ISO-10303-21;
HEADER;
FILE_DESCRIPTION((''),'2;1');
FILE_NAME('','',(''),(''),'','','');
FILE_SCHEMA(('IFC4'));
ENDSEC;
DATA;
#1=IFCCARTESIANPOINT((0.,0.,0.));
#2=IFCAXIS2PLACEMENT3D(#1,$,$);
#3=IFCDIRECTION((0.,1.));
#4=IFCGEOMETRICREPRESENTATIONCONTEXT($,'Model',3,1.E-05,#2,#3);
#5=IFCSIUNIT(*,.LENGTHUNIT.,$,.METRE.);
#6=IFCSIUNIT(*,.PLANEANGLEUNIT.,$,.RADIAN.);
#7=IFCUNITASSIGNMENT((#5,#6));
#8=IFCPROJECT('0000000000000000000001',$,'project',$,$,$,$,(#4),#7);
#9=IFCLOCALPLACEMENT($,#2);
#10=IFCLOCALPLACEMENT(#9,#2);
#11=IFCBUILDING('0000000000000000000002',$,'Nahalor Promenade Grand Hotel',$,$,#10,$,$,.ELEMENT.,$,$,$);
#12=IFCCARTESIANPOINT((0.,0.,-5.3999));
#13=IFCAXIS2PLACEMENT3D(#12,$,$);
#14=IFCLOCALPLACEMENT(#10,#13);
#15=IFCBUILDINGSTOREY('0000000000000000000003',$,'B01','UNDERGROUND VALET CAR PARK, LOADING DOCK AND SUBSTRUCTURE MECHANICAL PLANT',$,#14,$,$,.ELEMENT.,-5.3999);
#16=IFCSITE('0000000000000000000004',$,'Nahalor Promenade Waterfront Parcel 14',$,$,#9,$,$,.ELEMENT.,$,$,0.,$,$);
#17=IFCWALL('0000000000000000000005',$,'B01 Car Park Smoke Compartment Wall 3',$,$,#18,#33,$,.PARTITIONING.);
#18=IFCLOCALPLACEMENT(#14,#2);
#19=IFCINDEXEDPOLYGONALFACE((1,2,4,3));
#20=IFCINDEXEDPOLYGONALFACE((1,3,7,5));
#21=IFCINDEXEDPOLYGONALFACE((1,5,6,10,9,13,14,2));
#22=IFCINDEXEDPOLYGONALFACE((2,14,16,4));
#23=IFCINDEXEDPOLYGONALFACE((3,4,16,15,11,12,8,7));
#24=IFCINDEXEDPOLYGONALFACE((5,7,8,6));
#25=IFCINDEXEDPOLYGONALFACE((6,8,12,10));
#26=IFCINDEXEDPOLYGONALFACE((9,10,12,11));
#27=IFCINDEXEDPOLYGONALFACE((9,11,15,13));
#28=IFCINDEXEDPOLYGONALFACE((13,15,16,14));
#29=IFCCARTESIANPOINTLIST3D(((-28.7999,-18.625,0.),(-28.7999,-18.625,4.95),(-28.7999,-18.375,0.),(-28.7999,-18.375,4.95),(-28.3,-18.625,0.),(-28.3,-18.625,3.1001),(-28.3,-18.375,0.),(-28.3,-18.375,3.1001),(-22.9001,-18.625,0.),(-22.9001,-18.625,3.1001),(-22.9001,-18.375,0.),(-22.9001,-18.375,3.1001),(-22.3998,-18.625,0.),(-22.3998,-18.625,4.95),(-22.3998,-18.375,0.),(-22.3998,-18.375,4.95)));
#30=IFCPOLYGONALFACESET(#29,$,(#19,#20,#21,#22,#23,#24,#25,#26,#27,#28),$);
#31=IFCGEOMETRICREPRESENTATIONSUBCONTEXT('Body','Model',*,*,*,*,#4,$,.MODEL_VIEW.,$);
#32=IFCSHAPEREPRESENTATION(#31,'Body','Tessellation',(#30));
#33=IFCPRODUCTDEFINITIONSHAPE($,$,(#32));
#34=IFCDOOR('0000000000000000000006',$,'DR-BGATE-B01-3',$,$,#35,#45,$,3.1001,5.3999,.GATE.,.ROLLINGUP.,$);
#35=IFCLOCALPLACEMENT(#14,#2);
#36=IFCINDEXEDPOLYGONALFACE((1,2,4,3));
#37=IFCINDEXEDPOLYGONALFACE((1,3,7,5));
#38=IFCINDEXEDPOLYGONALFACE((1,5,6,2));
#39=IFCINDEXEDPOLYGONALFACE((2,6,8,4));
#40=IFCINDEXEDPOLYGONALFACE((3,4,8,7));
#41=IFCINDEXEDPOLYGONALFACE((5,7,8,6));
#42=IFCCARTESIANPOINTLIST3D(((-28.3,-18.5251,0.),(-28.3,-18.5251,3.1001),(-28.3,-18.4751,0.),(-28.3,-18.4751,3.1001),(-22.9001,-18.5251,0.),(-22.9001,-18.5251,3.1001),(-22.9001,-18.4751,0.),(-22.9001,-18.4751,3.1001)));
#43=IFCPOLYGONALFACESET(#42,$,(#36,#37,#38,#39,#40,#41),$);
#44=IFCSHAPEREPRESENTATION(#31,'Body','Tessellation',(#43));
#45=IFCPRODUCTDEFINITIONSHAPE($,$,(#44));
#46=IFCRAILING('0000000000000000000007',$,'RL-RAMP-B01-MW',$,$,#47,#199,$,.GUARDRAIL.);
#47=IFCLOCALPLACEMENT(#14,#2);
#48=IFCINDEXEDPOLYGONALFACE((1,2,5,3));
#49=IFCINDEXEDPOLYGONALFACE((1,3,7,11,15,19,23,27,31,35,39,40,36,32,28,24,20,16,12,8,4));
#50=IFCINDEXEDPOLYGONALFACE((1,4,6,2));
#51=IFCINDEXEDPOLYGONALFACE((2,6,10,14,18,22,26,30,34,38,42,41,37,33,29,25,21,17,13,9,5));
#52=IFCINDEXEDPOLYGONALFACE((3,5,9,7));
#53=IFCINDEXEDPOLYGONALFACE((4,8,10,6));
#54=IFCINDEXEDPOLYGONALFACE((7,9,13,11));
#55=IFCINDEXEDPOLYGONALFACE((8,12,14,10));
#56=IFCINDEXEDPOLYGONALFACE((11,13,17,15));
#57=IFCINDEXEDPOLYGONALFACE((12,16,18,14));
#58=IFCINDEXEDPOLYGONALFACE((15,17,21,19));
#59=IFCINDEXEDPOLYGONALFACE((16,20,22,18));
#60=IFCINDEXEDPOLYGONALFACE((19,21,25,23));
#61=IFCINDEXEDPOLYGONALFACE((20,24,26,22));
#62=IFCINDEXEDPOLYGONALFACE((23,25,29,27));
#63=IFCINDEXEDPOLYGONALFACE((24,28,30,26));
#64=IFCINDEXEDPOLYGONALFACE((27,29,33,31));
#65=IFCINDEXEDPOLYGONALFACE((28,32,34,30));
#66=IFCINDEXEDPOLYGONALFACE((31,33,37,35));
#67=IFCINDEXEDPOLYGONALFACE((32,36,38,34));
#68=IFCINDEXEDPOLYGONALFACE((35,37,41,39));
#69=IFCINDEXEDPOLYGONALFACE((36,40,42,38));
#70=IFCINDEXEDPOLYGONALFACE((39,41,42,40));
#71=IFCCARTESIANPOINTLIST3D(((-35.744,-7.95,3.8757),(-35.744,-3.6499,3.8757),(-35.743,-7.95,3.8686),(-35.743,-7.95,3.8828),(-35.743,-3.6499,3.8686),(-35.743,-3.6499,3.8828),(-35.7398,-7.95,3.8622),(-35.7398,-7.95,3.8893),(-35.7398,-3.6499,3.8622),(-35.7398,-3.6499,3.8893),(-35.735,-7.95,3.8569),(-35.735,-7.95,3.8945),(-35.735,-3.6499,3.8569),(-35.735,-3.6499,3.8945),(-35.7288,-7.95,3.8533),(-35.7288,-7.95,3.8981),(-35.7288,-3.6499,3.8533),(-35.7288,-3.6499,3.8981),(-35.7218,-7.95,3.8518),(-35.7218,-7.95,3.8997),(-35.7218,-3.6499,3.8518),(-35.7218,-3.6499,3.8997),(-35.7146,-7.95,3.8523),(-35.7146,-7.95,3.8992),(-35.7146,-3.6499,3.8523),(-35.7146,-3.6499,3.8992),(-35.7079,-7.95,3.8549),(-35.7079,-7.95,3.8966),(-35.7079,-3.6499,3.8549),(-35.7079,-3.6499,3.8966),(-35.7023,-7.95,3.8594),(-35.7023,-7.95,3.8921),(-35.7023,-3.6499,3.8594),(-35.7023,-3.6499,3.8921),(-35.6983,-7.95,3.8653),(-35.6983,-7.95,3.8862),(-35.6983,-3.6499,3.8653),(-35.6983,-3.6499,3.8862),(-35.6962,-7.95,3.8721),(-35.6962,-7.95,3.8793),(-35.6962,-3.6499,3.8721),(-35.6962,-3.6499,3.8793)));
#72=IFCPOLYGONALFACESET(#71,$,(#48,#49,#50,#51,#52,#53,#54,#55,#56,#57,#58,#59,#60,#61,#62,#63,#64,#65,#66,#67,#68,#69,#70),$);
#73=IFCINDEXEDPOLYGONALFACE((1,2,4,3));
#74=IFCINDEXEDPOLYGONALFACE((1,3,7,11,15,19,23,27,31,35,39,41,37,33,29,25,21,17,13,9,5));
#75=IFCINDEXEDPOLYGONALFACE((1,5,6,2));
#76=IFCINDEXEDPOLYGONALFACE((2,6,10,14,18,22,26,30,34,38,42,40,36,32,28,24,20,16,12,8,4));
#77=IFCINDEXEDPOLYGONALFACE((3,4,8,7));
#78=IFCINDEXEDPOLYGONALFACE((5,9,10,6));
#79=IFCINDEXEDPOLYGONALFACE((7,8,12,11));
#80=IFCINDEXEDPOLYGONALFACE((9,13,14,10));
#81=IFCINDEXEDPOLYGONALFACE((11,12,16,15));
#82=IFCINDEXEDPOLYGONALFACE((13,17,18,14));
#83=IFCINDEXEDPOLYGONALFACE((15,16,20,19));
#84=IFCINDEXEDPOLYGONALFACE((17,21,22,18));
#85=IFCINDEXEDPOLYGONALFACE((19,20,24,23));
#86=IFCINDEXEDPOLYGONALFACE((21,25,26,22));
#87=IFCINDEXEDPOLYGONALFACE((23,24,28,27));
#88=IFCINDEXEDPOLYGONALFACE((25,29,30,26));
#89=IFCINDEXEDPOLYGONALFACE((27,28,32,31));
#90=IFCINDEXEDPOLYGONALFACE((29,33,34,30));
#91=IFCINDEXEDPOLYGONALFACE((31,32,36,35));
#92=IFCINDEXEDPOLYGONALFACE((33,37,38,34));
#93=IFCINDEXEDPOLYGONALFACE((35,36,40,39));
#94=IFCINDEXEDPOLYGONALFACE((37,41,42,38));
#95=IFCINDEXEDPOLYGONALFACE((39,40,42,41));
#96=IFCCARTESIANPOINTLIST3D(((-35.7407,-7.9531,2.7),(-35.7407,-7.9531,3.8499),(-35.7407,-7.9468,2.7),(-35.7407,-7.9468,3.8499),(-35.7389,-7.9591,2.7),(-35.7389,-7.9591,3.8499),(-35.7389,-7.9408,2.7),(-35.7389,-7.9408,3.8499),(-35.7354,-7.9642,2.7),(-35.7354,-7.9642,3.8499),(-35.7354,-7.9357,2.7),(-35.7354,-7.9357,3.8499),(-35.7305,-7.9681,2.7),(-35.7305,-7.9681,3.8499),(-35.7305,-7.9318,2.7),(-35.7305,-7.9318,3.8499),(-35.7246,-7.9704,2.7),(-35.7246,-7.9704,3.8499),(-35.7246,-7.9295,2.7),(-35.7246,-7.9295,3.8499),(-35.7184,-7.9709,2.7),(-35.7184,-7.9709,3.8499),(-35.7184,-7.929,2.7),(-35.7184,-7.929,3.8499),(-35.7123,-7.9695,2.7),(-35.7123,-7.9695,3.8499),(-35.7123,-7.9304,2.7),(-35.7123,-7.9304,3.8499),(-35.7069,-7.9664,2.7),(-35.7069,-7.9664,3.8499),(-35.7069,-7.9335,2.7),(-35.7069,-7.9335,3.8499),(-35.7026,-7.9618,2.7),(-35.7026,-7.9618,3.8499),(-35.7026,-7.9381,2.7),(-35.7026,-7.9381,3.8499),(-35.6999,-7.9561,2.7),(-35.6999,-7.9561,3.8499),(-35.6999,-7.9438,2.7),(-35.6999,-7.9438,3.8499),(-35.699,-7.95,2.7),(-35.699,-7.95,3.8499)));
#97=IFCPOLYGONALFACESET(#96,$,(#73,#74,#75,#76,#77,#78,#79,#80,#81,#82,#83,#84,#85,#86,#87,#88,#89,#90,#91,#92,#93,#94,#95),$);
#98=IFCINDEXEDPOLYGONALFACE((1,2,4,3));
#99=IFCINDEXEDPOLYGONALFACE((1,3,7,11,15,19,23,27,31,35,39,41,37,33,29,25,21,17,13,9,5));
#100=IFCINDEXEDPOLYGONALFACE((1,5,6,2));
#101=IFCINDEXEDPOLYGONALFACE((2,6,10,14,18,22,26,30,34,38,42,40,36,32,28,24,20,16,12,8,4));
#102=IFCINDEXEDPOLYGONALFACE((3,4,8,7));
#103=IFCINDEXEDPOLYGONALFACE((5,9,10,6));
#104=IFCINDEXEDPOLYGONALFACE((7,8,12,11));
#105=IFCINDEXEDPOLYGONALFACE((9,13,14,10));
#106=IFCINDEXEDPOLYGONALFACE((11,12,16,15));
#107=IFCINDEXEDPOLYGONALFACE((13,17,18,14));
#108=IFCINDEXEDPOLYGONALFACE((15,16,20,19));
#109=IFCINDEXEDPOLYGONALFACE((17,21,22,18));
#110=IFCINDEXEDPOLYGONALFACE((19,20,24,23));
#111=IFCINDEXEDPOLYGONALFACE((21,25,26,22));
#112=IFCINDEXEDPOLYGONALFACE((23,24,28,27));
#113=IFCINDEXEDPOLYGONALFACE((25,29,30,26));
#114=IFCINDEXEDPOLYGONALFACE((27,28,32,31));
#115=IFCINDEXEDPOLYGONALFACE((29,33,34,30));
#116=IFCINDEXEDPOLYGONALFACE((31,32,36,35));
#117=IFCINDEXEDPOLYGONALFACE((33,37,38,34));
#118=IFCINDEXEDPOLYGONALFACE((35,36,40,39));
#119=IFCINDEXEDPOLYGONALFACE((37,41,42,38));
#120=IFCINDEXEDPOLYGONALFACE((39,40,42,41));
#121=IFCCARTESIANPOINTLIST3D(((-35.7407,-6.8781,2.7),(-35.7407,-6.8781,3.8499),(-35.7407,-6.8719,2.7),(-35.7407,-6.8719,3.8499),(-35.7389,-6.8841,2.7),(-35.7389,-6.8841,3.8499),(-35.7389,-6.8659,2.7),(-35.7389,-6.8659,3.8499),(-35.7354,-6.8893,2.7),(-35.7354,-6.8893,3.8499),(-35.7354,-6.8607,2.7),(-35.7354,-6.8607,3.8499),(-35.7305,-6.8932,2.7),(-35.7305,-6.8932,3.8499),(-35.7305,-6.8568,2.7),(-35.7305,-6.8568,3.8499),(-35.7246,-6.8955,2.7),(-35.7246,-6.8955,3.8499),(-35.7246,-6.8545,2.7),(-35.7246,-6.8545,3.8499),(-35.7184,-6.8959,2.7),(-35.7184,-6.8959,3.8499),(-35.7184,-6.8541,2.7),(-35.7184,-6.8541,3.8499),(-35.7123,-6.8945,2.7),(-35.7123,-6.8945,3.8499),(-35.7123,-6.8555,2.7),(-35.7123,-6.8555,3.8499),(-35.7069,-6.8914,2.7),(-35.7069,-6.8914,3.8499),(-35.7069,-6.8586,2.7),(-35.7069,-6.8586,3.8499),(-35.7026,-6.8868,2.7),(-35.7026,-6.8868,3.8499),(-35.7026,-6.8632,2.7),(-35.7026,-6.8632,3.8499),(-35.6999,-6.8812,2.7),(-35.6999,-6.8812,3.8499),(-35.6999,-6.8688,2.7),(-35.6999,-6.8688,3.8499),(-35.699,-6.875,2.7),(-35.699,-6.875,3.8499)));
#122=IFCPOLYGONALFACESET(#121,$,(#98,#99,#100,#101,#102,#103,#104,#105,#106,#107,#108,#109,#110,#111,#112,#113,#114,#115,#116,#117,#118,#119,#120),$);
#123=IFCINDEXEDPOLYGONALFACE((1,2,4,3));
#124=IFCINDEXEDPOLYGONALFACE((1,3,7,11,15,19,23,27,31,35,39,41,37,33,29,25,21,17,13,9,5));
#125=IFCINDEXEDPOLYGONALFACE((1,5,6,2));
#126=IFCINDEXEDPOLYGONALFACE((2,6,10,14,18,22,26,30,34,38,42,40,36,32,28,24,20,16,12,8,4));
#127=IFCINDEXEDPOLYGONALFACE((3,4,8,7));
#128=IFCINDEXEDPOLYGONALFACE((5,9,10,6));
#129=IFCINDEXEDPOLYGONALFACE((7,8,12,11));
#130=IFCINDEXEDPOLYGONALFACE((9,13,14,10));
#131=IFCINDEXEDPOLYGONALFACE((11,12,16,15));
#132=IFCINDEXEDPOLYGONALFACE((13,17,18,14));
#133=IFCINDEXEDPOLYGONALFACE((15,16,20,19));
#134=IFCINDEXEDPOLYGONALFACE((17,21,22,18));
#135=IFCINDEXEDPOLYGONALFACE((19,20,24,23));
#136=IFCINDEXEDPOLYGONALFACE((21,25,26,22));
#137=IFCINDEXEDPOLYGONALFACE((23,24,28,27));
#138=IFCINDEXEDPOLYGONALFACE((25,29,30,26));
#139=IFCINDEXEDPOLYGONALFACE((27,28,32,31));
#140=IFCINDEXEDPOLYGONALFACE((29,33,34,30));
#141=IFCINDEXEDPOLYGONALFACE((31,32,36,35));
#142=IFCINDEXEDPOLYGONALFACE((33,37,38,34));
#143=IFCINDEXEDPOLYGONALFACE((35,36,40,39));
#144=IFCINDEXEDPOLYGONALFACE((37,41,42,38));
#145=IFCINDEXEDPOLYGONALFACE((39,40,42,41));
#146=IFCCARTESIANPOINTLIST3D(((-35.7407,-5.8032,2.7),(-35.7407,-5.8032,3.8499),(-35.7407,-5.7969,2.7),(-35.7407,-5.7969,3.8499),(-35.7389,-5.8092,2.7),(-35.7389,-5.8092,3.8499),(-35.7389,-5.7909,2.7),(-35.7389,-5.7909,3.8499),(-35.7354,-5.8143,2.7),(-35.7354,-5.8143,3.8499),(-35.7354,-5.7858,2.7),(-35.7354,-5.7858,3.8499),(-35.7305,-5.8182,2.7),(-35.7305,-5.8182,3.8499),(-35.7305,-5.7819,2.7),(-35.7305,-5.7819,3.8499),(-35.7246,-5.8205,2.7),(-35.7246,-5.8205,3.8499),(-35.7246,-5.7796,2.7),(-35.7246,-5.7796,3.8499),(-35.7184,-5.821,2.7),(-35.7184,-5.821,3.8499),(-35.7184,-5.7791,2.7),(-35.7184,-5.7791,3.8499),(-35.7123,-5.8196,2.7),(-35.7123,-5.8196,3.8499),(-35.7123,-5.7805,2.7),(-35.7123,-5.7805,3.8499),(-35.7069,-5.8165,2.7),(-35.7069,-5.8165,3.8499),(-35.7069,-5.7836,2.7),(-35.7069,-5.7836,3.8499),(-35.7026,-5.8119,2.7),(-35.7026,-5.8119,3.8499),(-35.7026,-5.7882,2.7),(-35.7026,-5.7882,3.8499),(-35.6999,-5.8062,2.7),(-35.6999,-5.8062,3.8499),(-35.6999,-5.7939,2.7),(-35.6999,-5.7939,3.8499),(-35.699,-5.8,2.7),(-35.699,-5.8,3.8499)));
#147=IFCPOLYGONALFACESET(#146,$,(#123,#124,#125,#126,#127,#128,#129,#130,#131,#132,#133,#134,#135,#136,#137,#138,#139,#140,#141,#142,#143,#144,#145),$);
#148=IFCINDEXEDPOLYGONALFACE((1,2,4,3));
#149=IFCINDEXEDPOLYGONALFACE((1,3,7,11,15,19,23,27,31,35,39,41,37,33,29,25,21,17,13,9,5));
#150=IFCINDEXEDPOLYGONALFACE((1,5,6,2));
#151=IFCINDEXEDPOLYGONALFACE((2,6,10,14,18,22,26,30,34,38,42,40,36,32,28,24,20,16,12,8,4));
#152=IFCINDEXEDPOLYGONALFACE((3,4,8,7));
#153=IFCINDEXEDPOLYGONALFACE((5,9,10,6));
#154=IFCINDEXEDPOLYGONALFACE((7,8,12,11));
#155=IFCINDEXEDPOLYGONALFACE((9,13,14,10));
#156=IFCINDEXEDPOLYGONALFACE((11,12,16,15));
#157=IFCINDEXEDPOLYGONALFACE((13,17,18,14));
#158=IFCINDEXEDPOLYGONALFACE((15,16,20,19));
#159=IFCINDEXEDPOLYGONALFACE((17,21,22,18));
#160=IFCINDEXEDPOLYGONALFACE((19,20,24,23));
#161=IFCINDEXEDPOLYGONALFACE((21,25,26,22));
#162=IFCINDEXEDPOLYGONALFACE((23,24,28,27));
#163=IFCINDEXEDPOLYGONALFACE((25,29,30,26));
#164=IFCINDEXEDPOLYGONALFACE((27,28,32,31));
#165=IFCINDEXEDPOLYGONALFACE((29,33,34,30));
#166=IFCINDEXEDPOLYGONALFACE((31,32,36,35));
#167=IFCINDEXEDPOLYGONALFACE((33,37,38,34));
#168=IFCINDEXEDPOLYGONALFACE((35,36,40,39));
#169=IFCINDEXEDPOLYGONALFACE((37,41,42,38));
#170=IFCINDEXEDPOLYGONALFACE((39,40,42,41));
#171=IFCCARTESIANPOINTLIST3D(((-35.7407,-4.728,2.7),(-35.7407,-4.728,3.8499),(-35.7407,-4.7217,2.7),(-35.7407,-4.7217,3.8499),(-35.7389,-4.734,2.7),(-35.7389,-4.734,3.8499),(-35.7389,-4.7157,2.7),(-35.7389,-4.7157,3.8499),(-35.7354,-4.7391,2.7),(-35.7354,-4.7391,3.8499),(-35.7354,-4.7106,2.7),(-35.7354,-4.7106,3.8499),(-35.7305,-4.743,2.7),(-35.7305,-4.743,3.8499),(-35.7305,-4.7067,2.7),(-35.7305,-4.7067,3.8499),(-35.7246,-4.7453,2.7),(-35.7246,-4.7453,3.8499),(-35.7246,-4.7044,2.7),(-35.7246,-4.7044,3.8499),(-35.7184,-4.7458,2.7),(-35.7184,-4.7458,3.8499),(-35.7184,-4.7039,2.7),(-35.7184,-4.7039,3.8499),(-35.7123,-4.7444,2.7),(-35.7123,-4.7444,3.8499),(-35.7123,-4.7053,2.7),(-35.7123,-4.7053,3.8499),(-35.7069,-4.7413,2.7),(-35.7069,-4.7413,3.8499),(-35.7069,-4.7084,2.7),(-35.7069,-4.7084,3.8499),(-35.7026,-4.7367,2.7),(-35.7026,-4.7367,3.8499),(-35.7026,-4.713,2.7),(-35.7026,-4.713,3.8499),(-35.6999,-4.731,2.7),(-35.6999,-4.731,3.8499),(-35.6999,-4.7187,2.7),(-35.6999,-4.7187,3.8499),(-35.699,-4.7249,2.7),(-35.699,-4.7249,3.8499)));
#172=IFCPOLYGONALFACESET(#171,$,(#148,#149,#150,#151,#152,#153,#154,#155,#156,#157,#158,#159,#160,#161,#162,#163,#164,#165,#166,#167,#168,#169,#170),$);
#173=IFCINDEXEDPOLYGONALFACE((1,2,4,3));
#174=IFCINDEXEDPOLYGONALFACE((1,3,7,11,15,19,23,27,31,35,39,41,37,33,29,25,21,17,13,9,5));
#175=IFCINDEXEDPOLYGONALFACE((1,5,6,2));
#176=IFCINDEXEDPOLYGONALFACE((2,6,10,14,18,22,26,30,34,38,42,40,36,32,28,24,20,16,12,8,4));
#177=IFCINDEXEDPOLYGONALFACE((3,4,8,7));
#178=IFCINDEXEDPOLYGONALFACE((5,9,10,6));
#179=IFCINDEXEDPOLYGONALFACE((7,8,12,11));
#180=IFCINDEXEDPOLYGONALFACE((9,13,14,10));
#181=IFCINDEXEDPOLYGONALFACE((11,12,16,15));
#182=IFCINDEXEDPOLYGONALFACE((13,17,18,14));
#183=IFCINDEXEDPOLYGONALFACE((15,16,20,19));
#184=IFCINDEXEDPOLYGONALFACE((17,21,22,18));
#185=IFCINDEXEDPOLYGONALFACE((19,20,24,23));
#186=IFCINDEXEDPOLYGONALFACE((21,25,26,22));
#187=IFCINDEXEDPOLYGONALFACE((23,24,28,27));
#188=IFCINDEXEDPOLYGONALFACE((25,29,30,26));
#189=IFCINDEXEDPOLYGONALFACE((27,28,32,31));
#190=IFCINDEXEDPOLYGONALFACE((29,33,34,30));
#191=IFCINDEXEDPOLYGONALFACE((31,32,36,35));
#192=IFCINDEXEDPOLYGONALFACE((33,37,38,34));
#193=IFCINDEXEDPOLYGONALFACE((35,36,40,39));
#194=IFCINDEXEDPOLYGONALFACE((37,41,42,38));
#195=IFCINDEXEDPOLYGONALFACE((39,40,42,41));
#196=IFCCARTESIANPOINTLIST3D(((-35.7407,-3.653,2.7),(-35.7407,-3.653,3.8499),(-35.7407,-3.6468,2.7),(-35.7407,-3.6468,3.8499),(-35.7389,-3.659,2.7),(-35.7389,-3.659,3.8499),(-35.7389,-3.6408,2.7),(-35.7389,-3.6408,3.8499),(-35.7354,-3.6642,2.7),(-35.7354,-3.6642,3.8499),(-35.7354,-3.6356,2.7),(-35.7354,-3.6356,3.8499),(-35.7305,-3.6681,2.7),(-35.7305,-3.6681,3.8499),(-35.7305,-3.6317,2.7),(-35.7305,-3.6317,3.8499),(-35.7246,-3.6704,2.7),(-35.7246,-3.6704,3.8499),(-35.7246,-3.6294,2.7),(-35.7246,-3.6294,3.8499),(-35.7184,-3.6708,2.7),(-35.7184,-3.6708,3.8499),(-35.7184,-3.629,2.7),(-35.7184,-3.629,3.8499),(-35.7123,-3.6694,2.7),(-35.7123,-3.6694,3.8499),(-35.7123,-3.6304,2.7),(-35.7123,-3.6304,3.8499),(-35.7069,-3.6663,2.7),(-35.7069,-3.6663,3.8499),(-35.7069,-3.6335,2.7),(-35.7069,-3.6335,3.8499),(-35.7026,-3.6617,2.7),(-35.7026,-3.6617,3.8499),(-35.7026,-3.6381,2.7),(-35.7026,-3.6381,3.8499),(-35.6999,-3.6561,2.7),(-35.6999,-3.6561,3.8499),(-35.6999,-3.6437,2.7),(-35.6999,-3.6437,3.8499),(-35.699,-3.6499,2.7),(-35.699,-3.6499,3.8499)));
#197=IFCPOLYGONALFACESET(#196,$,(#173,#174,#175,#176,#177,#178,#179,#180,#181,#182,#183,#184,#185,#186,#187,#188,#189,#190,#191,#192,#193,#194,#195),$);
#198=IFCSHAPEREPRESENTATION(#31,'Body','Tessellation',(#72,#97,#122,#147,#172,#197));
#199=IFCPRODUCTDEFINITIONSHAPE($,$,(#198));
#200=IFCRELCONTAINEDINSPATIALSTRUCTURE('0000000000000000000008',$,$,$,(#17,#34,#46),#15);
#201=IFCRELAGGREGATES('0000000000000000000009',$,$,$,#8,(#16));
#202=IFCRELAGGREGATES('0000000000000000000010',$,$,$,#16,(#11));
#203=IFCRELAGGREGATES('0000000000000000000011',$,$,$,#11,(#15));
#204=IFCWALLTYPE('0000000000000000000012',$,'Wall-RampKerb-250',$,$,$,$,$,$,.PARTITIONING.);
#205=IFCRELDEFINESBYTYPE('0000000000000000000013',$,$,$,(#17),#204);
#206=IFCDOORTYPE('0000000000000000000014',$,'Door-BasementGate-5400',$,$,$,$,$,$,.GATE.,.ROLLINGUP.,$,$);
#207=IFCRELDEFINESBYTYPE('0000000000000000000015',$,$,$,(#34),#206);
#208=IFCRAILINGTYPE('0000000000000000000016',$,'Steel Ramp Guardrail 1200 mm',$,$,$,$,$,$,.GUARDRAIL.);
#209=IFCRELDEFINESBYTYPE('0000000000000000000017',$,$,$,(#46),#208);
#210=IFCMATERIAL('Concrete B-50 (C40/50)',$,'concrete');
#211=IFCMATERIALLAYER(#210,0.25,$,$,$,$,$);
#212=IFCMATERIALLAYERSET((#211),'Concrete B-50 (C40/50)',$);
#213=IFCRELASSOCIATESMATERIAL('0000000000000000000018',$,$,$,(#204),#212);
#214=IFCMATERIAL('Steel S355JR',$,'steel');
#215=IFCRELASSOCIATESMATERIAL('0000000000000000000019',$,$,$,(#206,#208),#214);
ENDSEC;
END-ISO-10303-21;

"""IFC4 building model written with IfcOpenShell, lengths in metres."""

from ifc_helpers import new_model, si_unit, direction, frame, frame_2d, origin, origin_2d, place, context, subcontext, project, spatial, rectangle, circle, extrude, source, transform, mapped, material, layer, layer_set, type_object, element, fill, save


model = new_model("IFC4")

# Units and contexts
model_context = context("Model", 3, precision=1e-05, world=origin(), true_north=direction((0.0, 1.0)))
body_context = subcontext(model_context, "Body", "Model", "MODEL_VIEW")
ifc_project = project(units=[si_unit("LENGTHUNIT", "METRE"), si_unit("PLANEANGLEUNIT", "RADIAN")], contexts=[model_context])

# Site, building, storey
site_placement = place(None, origin())
site = spatial("IfcSite", under=ifc_project, at=site_placement, Name="Nahalor Promenade Waterfront Parcel 14", CompositionType="ELEMENT", RefElevation=0.0)
building_placement = place(site_placement, origin())
building = spatial("IfcBuilding", under=site, at=building_placement, Name="Nahalor Promenade Grand Hotel", CompositionType="ELEMENT")
storey_placement = place(building_placement, frame((0.0, 0.0, -5.3999)))
storey = spatial("IfcBuildingStorey", under=building, at=storey_placement, Name="B01", Description="UNDERGROUND VALET CAR PARK, LOADING DOCK AND SUBSTRUCTURE MECHANICAL PLANT", CompositionType="ELEMENT", Elevation=-5.3999)

# Shared definitions
ifc_material_1 = material(Name="Concrete B-50 (C40/50)", Category="concrete")

# Shared definitions
ifc_material_2 = material(Name="Steel S355JR", Category="steel")

# Wall, opening, door
ifc_layer_1 = layer(ifc_material_1, 0.25)
ifc_layer_set_1 = layer_set([ifc_layer_1], Name="Concrete B-50 (C40/50)")
wall_type_1 = type_object("IfcWallType", Name="Wall-RampKerb-250", PredefinedType="PARTITIONING", material=ifc_layer_set_1)
shared_shape_1 = source(origin(), body_context, "Body", "SweptSolid", [
    extrude(rectangle(XDim=6.4001, YDim=0.25, at=frame_2d((3.2002, 0.0))), origin(), (0.0, 0.0, 1.0), 4.95),
])
wall_1_placement = place(storey_placement, frame((-28.8, -18.5, 0.0), z_axis=(0.0, 0.0, 1.0), x_axis=(1.0, 0.0, 0.0)))
wall_1 = element("IfcWall", 1, at=wall_1_placement, inside=storey, type_object=wall_type_1, Name="B01 Car Park Smoke Compartment Wall 3", PredefinedType="PARTITIONING", context=body_context, shape_type="MappedRepresentation", body=[
    mapped(shared_shape_1, transform((0.0, 0.0, 0.0), scale=1.0)),
])
opening_placement = place(wall_1_placement, frame((0.5, 0.0, 0.0)))
opening = element("IfcOpeningElement", 2, at=opening_placement, cuts=wall_1, PredefinedType="OPENING", context=body_context, shape_type="SweptSolid", body=[
    extrude(rectangle(XDim=5.3999, YDim=3.1001, at=frame_2d((2.7, 1.55))), frame((0.0, 0.135, 0.0), z_axis=(0.0, -1.0, 0.0), x_axis=(1.0, 0.0, 0.0)), (0.0, 0.0, 1.0), 0.27),
])
door_type = type_object("IfcDoorType", Name="Door-BasementGate-5400", OperationType="ROLLINGUP", PredefinedType="GATE", material=ifc_material_2)
shared_shape_2 = source(origin(), body_context, "Body", "SweptSolid", [
    extrude(rectangle(XDim=5.3999, YDim=3.1001, at=frame_2d((2.7, 1.55))), frame((0.0, 0.0249, 0.0), z_axis=(0.0, -1.0, 0.0), x_axis=(1.0, 0.0, 0.0)), (0.0, 0.0, 1.0), 0.05),
])
door_placement = place(opening_placement, origin())
door = element("IfcDoor", 3, at=door_placement, inside=storey, type_object=door_type, Name="DR-BGATE-B01-3", OperationType="ROLLINGUP", OverallHeight=3.1001, OverallWidth=5.3999, PredefinedType="GATE", context=body_context, shape_type="MappedRepresentation", body=[
    mapped(shared_shape_2, transform((0.0, 0.0, 0.0), scale=1.0)),
])
fill(opening, door)

# Railing
railing_type = type_object("IfcRailingType", Name="Steel Ramp Guardrail 1200 mm", PredefinedType="GUARDRAIL", material=ifc_material_2)
for number, where, name in (
    (4, (-35.72, -7.95, 2.7), "RL-RAMP-B01-MW"),
):
    element("IfcRailing", number, at=place(storey_placement, frame(where)), inside=storey, type_object=railing_type, Name=name, PredefinedType="GUARDRAIL", context=body_context, shape_type="SweptSolid", body=[
        extrude(circle(Radius=0.024, at=origin_2d()), frame((0.0, 0.0, 1.1758), z_axis=(0.0, 1.0, 0.0), x_axis=(-1.0, 0.0, 0.0)), (0.0, 0.0, 1.0), 4.3),
        extrude(circle(Radius=0.021, at=origin_2d()), origin(), (0.0, 0.0, 1.0), 1.1499),
        extrude(circle(Radius=0.021, at=origin_2d()), frame((0.0, 1.075, 0.0)), (0.0, 0.0, 1.0), 1.1499),
        extrude(circle(Radius=0.021, at=origin_2d()), frame((0.0, 2.1499, 0.0)), (0.0, 0.0, 1.0), 1.1499),
        extrude(circle(Radius=0.021, at=origin_2d()), frame((0.0, 3.2251, 0.0)), (0.0, 0.0, 1.0), 1.1499),
        extrude(circle(Radius=0.021, at=origin_2d()), frame((0.0, 4.3, 0.0)), (0.0, 0.0, 1.0), 1.1499),
    ])

save(model, "model.ifc")
